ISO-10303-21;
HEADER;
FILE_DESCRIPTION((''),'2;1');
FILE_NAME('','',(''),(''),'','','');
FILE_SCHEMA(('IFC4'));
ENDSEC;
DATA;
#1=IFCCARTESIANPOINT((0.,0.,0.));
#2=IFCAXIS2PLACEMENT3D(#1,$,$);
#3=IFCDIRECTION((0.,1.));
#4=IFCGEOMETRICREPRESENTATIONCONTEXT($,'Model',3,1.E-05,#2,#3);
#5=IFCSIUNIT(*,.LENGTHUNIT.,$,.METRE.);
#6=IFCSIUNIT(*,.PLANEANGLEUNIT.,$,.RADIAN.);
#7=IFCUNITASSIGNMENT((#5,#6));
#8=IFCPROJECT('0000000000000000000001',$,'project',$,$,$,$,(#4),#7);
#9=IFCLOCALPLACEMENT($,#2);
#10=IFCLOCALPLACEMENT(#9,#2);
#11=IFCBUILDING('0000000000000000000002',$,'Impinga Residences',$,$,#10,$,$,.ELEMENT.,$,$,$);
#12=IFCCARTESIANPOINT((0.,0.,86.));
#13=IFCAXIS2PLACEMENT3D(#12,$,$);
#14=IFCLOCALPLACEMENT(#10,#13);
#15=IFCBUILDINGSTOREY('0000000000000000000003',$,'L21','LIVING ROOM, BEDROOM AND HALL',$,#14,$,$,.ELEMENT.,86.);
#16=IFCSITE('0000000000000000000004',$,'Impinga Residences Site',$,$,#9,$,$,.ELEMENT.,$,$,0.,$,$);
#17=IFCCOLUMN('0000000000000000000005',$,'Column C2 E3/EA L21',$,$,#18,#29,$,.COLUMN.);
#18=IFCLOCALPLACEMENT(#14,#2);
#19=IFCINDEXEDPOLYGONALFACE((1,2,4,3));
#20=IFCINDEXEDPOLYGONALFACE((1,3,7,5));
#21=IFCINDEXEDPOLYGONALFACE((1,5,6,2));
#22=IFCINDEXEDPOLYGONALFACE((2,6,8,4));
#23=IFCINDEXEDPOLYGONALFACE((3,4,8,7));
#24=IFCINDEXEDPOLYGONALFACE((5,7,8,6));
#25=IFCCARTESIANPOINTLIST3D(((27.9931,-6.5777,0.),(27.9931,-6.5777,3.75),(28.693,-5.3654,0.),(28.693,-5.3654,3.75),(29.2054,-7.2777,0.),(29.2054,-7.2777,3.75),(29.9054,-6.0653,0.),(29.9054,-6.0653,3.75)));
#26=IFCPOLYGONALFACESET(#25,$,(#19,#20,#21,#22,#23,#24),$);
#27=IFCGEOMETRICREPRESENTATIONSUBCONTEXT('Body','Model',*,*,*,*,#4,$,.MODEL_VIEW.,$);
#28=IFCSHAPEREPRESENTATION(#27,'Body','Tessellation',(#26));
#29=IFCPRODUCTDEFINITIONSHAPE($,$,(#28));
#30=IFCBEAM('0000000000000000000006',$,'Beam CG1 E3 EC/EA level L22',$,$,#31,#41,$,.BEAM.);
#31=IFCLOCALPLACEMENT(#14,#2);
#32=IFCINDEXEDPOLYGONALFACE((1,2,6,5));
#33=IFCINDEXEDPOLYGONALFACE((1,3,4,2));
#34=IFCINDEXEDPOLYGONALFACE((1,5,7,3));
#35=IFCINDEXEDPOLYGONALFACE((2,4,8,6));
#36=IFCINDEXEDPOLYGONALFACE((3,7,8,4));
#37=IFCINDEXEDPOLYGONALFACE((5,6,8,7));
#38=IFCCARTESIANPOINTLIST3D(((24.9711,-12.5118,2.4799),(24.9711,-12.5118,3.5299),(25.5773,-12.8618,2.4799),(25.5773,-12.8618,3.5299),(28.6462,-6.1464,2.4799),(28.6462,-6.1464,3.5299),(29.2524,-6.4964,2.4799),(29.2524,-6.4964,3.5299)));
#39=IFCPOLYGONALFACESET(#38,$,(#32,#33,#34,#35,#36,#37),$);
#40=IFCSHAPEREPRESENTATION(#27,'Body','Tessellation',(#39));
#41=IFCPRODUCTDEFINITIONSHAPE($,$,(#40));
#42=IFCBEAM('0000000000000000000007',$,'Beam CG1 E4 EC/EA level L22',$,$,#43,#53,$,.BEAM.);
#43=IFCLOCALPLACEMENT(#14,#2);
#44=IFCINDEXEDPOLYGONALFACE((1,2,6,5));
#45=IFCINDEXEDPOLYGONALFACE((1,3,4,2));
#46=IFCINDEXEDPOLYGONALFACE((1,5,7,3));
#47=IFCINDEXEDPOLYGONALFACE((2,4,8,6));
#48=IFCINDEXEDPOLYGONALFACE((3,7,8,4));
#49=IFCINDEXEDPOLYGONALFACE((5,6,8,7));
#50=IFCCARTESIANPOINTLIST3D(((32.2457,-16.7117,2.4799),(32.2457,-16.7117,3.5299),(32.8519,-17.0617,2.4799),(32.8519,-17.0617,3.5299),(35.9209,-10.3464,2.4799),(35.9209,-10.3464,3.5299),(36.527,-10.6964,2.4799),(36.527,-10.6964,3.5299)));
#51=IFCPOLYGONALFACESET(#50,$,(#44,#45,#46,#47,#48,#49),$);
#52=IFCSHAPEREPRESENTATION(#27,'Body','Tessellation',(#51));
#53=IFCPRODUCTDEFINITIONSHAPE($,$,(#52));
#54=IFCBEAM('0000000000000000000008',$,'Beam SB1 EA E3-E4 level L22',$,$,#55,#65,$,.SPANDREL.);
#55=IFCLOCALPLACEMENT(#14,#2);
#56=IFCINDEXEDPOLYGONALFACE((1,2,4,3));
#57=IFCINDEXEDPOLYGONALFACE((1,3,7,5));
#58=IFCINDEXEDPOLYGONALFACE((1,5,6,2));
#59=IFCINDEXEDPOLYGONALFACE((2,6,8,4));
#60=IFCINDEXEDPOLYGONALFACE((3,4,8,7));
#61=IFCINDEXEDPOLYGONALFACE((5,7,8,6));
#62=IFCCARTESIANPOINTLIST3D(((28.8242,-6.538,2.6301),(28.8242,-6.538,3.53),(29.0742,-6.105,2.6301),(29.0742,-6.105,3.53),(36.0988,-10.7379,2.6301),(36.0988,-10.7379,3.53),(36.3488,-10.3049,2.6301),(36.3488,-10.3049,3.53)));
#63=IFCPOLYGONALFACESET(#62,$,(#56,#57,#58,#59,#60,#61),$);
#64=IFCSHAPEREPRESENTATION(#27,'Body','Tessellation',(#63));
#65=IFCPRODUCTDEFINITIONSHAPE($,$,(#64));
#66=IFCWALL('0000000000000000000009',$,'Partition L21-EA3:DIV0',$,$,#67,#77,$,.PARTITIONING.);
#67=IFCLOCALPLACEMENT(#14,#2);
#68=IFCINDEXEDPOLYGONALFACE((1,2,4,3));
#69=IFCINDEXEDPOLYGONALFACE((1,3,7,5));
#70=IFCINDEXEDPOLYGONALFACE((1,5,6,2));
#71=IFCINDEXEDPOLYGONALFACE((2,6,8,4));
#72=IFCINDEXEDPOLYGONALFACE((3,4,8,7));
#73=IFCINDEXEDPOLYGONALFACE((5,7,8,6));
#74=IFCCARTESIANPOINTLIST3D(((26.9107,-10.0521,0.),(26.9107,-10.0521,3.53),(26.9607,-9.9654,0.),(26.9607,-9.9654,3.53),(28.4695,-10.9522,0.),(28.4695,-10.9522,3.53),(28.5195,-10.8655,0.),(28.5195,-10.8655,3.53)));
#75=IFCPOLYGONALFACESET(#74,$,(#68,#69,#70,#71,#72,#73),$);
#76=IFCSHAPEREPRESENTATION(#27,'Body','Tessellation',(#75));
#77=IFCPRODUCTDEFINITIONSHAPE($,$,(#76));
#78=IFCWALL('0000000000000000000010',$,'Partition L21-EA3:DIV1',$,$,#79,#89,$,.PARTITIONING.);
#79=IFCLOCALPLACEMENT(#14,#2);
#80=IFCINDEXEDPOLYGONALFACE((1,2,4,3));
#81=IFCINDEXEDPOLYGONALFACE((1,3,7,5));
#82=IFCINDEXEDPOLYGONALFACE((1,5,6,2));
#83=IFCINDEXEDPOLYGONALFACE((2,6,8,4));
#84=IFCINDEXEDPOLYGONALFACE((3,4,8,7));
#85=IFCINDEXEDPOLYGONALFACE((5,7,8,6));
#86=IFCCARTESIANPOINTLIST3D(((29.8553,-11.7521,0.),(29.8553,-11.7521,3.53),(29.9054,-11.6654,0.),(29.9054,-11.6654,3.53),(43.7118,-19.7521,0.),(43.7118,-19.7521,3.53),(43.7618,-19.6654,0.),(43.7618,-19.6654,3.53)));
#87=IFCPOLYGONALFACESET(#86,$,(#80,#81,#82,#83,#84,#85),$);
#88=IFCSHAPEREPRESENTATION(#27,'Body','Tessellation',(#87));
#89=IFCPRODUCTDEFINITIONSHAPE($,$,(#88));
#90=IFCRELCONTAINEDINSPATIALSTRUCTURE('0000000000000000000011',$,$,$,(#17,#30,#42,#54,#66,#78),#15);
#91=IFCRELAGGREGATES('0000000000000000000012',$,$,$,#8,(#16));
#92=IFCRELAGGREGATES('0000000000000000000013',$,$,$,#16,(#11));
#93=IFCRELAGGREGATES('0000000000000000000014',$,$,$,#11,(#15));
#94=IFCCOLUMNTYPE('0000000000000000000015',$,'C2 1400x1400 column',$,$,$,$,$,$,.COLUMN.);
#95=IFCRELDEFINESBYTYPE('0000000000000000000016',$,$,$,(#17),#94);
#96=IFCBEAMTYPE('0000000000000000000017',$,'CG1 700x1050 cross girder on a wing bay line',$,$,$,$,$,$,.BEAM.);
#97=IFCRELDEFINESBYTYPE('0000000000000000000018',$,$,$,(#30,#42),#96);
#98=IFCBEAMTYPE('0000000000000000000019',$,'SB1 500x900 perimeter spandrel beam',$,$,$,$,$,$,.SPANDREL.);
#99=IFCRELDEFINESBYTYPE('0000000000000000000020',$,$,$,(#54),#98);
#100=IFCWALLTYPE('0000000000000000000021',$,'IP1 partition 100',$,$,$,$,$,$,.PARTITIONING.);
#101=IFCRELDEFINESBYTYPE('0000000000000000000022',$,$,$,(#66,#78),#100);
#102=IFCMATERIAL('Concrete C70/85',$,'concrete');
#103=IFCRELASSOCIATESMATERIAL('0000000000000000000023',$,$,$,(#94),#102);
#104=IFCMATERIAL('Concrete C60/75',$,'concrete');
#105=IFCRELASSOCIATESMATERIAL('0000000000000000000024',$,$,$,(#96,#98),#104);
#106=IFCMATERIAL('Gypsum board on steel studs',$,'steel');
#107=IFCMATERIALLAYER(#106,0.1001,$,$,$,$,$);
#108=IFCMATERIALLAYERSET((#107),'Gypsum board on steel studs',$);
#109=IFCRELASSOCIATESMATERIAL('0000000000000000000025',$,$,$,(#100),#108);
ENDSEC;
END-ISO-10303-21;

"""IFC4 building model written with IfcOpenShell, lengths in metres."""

from ifc_helpers import new_model, si_unit, direction, frame, frame_2d, origin, origin_2d, place, context, subcontext, project, spatial, rectangle, extrude, material, layer, layer_set, material_profile, profile_set, type_object, element, save


model = new_model("IFC4")

# Units and contexts
model_context = context("Model", 3, precision=1e-05, world=origin(), true_north=direction((0.0, 1.0)))
body_context = subcontext(model_context, "Body", "Model", "MODEL_VIEW")
ifc_project = project(units=[si_unit("LENGTHUNIT", "METRE"), si_unit("PLANEANGLEUNIT", "RADIAN")], contexts=[model_context])

# Site, building, storey
site_placement = place(None, origin())
site = spatial("IfcSite", under=ifc_project, at=site_placement, Name="Impinga Residences Site", CompositionType="ELEMENT", RefElevation=0.0)
building_placement = place(site_placement, origin())
building = spatial("IfcBuilding", under=site, at=building_placement, Name="Impinga Residences", CompositionType="ELEMENT")
storey_placement = place(building_placement, frame((0.0, 0.0, 86.0)))
storey = spatial("IfcBuildingStorey", under=building, at=storey_placement, Name="L21", Description="LIVING ROOM, BEDROOM AND HALL", CompositionType="ELEMENT", Elevation=86.0)

# Column
ifc_material_1 = material(Name="Concrete C70/85", Category="concrete")
ifc_material_profile_1 = material_profile(ifc_material_1, rectangle(XDim=1.3999, YDim=1.3999, at=origin_2d()), Name="RC 1400x1400")
ifc_profile_set_1 = profile_set([ifc_material_profile_1], Name="Concrete C70/85")
column_type = type_object("IfcColumnType", Name="C2 1400x1400 column", PredefinedType="COLUMN", material=ifc_profile_set_1)
column_placement = place(storey_placement, frame((28.9492, -6.3215, 0.0), z_axis=(0.0, 0.0, 1.0), x_axis=(-0.5, -0.866025, 0.0)))
element("IfcColumn", 1, at=column_placement, inside=storey, type_object=column_type, Name="Column C2 E3/EA L21", PredefinedType="COLUMN", context=body_context, shape_type="SweptSolid", body=[
    extrude(rectangle(XDim=1.3999, YDim=1.3999, at=origin_2d()), origin(), (0.0, 0.0, 1.0), 3.75),
])

# Beams
ifc_material_2 = material(Name="Concrete C60/75", Category="concrete")
ifc_material_profile_2 = material_profile(ifc_material_2, rectangle(XDim=0.7, YDim=1.05, at=origin_2d()), Name="RC 700x1050")
ifc_profile_set_2 = profile_set([ifc_material_profile_2], Name="Concrete C60/75")
beam_type_1 = type_object("IfcBeamType", Name="CG1 700x1050 cross girder on a wing bay line", PredefinedType="BEAM", material=ifc_profile_set_2)
for number, where, z_axis, x_axis, name in (
    (2, (25.2742, -12.6868, 3.0049), (0.500008, 0.866021, 0.0), (-0.866021, 0.500008, 0.0), "Beam CG1 E3 EC/EA level L22"),
    (3, (32.5488, -16.8867, 3.0049), (0.500008, 0.866021, 0.0), (-0.866021, 0.500008, 0.0), "Beam CG1 E4 EC/EA level L22"),
):
    element("IfcBeam", number, at=place(storey_placement, frame(where, z_axis=z_axis, x_axis=x_axis)), inside=storey, type_object=beam_type_1, Name=name, PredefinedType="BEAM", context=body_context, shape_type="SweptSolid", body=[
        extrude(rectangle(XDim=0.7, YDim=1.05, at=origin_2d()), origin(), (0.0, 0.0, 1.0), 7.3501),
    ])
ifc_material_profile_3 = material_profile(ifc_material_2, rectangle(XDim=0.5, YDim=0.8999, at=origin_2d()), Name="RC 500x900")
ifc_profile_set_3 = profile_set([ifc_material_profile_3], Name="Concrete C60/75")
beam_type_2 = type_object("IfcBeamType", Name="SB1 500x900 perimeter spandrel beam", PredefinedType="SPANDREL", material=ifc_profile_set_3)
beam_placement = place(storey_placement, frame((28.9492, -6.3215, 3.0801), z_axis=(0.866029, -0.499993, 0.0), x_axis=(0.499993, 0.866029, 0.0)))
element("IfcBeam", 4, at=beam_placement, inside=storey, type_object=beam_type_2, Name="Beam SB1 EA E3-E4 level L22", PredefinedType="SPANDREL", context=body_context, shape_type="SweptSolid", body=[
    extrude(rectangle(XDim=0.5, YDim=0.8999, at=origin_2d()), origin(), (0.0, 0.0, 1.0), 8.3999),
])

# Walls
ifc_material_3 = material(Name="Gypsum board on steel studs", Category="steel")
ifc_layer_1 = layer(ifc_material_3, 0.1001)
ifc_layer_set_1 = layer_set([ifc_layer_1], Name="Gypsum board on steel studs")
wall_type_1 = type_object("IfcWallType", Name="IP1 partition 100", PredefinedType="PARTITIONING", material=ifc_layer_set_1)
wall_1_placement = place(storey_placement, frame((26.9358, -10.0088, 0.0), z_axis=(0.0, 0.0, 1.0), x_axis=(0.865989, -0.500063, 0.0)))
element("IfcWall", 5, at=wall_1_placement, inside=storey, type_object=wall_type_1, Name="Partition L21-EA3:DIV0", PredefinedType="PARTITIONING", context=body_context, shape_type="SweptSolid", body=[
    extrude(rectangle(XDim=1.8, YDim=0.1001, at=frame_2d((0.8999, 0.0))), origin(), (0.0, 0.0, 1.0), 3.53),
])
wall_2_placement = place(storey_placement, frame((29.8804, -11.7087, 0.0), z_axis=(0.0, 0.0, 1.0), x_axis=(0.866026, -0.499999, 0.0)))
element("IfcWall", 6, at=wall_2_placement, inside=storey, type_object=wall_type_1, Name="Partition L21-EA3:DIV1", PredefinedType="PARTITIONING", context=body_context, shape_type="SweptSolid", body=[
    extrude(rectangle(XDim=16.0, YDim=0.1001, at=frame_2d((8.0, 0.0))), origin(), (0.0, 0.0, 1.0), 3.53),
])

save(model, "model.ifc")
